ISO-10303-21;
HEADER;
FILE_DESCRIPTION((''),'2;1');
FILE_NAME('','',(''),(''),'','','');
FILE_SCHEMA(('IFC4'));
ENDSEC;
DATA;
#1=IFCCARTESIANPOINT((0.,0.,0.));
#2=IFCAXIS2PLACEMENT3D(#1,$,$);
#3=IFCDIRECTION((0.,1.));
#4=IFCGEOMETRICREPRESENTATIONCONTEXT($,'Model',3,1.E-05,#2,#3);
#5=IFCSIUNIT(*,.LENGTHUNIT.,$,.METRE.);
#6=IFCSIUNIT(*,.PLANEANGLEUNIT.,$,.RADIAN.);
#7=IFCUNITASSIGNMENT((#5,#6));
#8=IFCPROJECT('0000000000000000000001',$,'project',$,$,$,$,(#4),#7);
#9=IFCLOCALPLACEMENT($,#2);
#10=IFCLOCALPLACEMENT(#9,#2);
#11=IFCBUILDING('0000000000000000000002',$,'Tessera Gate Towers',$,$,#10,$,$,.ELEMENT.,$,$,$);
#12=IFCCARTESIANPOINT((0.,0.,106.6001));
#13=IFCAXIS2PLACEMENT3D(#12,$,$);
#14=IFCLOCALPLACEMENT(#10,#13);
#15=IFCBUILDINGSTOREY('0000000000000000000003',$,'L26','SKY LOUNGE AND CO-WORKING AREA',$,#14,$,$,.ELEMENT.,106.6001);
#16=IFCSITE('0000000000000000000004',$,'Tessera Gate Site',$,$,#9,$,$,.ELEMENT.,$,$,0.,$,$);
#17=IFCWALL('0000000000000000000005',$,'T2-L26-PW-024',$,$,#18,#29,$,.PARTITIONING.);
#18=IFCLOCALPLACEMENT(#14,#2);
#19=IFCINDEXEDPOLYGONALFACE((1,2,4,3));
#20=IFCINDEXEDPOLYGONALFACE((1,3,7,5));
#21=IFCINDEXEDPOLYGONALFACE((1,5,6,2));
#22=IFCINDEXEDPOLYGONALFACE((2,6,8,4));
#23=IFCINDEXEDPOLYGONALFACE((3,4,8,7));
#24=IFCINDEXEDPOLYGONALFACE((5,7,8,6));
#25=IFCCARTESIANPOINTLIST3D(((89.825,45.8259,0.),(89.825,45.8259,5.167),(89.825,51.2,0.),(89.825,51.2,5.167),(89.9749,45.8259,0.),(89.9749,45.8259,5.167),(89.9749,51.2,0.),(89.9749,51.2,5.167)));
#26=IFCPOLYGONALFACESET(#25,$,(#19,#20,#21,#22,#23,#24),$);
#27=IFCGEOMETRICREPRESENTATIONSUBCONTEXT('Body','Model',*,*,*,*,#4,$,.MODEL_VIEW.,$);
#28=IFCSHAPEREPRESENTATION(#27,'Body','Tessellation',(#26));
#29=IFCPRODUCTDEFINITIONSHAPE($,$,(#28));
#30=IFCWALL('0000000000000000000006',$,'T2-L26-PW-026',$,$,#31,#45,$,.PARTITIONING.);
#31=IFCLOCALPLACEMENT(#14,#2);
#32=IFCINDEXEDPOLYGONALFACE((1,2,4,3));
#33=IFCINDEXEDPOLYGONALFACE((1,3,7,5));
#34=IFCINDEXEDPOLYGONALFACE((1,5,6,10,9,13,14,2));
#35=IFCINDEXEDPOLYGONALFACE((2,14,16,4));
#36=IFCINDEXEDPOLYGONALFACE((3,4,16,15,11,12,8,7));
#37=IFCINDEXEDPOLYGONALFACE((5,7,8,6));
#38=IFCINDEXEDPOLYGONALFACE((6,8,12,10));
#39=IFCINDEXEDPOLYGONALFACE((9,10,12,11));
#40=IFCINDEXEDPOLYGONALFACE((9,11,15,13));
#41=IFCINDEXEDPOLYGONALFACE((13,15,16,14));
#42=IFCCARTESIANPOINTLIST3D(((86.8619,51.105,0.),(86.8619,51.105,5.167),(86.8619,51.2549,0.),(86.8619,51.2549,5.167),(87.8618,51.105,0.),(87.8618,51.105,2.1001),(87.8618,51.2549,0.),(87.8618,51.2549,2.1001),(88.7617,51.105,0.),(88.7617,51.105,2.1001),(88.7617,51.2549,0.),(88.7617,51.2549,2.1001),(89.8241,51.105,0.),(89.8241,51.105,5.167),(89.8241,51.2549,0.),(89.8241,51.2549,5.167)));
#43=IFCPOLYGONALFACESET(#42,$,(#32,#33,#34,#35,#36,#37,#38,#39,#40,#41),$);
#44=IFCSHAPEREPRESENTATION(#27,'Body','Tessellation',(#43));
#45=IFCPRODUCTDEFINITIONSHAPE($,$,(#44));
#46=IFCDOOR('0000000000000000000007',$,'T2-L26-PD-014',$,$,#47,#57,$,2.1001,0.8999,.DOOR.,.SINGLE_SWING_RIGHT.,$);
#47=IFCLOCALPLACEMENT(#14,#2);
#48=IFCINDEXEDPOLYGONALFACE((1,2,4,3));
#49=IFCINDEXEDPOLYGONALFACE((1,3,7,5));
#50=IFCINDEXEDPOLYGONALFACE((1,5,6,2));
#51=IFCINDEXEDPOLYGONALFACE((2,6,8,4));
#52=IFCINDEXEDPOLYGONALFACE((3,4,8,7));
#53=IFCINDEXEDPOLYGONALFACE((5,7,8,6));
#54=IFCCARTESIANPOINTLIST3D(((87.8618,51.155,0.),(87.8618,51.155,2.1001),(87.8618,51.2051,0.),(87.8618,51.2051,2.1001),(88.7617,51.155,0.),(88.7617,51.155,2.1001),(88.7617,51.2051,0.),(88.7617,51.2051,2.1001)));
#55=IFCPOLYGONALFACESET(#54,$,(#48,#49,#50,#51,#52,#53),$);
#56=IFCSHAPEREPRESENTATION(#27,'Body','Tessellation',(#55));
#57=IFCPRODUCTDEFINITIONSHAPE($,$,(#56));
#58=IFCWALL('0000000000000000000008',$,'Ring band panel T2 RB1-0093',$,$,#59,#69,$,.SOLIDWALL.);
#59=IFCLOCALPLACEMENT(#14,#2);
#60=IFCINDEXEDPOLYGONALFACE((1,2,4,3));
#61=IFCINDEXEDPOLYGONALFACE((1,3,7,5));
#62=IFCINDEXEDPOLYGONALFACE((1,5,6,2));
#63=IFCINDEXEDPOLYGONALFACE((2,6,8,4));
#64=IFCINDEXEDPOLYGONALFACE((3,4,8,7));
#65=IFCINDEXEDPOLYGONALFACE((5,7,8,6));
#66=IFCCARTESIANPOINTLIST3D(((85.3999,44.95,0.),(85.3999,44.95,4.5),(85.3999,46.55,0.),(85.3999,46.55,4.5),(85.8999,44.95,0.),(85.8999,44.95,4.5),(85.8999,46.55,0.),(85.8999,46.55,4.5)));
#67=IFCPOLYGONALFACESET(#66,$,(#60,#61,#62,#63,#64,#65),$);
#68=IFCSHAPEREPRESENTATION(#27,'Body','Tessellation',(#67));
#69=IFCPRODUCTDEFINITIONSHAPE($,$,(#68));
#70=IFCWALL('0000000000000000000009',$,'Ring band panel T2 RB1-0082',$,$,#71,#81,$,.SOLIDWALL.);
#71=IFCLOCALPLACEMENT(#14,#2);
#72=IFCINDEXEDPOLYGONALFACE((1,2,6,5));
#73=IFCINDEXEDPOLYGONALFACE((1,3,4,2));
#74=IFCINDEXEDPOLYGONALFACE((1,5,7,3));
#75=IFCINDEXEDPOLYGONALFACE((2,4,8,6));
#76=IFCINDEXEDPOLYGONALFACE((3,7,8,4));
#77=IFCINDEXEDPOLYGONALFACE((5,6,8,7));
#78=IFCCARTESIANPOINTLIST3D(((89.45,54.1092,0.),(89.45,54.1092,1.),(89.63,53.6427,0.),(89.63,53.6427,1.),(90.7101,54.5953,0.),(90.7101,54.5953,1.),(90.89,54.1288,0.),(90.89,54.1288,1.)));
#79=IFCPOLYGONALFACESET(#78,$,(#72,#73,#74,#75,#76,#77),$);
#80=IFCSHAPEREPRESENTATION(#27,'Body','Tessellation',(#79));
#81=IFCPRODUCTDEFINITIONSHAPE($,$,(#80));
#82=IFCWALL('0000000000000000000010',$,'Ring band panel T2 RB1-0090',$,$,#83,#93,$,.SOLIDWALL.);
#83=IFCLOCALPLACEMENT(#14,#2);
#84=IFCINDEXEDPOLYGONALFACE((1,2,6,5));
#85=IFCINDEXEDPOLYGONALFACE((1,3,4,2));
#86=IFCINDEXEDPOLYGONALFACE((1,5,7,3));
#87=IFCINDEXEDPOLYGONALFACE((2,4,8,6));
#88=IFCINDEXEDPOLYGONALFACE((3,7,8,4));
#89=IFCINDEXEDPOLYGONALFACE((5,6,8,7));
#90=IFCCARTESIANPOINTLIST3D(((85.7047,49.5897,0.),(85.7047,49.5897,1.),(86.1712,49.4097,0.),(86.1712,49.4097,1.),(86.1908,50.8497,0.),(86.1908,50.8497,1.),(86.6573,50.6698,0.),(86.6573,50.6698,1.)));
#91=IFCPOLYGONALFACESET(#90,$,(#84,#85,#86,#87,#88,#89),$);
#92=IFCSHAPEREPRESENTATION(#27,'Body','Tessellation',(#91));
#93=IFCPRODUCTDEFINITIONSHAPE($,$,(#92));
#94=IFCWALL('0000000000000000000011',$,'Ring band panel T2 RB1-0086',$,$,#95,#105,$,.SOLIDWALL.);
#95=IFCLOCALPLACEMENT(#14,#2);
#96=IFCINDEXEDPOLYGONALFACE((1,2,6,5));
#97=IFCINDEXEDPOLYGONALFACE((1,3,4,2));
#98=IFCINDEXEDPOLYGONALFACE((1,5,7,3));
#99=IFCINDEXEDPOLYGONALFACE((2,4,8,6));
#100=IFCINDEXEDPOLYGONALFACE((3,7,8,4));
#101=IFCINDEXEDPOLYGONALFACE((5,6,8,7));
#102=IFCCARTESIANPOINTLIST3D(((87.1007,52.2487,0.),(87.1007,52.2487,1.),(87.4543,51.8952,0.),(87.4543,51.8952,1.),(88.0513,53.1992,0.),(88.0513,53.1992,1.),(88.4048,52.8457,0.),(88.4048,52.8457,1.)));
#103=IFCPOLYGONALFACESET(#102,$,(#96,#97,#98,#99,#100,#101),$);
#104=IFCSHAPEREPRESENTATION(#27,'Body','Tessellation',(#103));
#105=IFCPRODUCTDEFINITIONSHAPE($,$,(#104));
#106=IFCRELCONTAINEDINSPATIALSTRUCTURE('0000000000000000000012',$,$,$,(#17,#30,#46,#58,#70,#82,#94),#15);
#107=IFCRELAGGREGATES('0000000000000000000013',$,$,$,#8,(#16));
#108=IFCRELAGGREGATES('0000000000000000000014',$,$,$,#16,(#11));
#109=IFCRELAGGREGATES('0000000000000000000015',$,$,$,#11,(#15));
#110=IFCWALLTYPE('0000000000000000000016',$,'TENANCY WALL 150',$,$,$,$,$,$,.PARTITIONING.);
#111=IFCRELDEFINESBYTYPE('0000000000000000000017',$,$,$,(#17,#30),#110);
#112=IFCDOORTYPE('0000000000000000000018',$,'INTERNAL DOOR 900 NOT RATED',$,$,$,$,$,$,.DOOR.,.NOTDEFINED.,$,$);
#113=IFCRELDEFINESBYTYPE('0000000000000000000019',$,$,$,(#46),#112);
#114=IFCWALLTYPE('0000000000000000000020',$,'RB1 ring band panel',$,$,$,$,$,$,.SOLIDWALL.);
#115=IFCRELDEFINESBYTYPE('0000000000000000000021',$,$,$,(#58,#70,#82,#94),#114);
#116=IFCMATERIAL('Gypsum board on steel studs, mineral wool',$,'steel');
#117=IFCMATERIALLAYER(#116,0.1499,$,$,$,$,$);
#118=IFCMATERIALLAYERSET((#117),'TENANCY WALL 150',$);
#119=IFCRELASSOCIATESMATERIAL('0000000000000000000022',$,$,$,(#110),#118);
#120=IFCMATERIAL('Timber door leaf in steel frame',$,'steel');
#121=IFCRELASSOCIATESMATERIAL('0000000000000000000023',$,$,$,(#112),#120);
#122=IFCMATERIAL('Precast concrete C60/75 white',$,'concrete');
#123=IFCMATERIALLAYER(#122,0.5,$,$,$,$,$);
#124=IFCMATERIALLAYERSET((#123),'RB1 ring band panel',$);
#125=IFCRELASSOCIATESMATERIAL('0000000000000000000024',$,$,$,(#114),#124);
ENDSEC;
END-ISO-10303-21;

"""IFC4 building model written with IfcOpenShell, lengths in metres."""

from ifc_helpers import new_model, si_unit, direction, frame, frame_2d, origin, place, context, subcontext, project, spatial, polyline, rectangle, outline, extrude, source, transform, mapped, material, layer, layer_set, type_object, element, fill, save


model = new_model("IFC4")

# Units and contexts
model_context = context("Model", 3, precision=1e-05, world=origin(), true_north=direction((0.0, 1.0)))
body_context = subcontext(model_context, "Body", "Model", "MODEL_VIEW")
ifc_project = project(units=[si_unit("LENGTHUNIT", "METRE"), si_unit("PLANEANGLEUNIT", "RADIAN")], contexts=[model_context])

# Site, building, storey
site_placement = place(None, origin())
site = spatial("IfcSite", under=ifc_project, at=site_placement, Name="Tessera Gate Site", CompositionType="ELEMENT", RefElevation=0.0)
building_placement = place(site_placement, origin())
building = spatial("IfcBuilding", under=site, at=building_placement, Name="Tessera Gate Towers", CompositionType="ELEMENT")
storey_placement = place(building_placement, frame((0.0, 0.0, 106.6001)))
storey = spatial("IfcBuildingStorey", under=building, at=storey_placement, Name="L26", Description="SKY LOUNGE AND CO-WORKING AREA", CompositionType="ELEMENT", Elevation=106.6001)

# Wall
ifc_material_1 = material(Name="Gypsum board on steel studs, mineral wool", Category="steel")
ifc_layer_1 = layer(ifc_material_1, 0.1499)
ifc_layer_set_1 = layer_set([ifc_layer_1], Name="TENANCY WALL 150")
wall_type_1 = type_object("IfcWallType", Name="TENANCY WALL 150", PredefinedType="PARTITIONING", material=ifc_layer_set_1)
wall_1_placement = place(storey_placement, frame((89.8999, 45.8259, 0.0), z_axis=(0.0, 0.0, 1.0), x_axis=(0.0, 1.0, 0.0)))
element("IfcWall", 1, at=wall_1_placement, inside=storey, type_object=wall_type_1, Name="T2-L26-PW-024", PredefinedType="PARTITIONING", context=body_context, shape_type="SweptSolid", body=[
    extrude(rectangle(XDim=5.374, YDim=0.1499, at=frame_2d((2.687, 0.0))), origin(), (0.0, 0.0, 1.0), 5.167),
])

# Wall, opening, door
wall_2_placement = place(storey_placement, frame((89.824, 51.1799, 0.0), z_axis=(0.0, 0.0, 1.0), x_axis=(-1.0, 0.0, 0.0)))
wall_2 = element("IfcWall", 2, at=wall_2_placement, inside=storey, type_object=wall_type_1, Name="T2-L26-PW-026", PredefinedType="PARTITIONING", context=body_context, shape_type="SweptSolid", body=[
    extrude(rectangle(XDim=2.9622, YDim=0.1499, at=frame_2d((1.481, 0.0))), origin(), (0.0, 0.0, 1.0), 5.167),
])
shared_shape_1 = source(origin(), body_context, "Body", "SweptSolid", [
    extrude(rectangle(XDim=0.8999, YDim=2.1001, at=frame_2d((0.45, 1.05))), frame((0.0, 0.085, 0.0), z_axis=(0.0, -1.0, 0.0), x_axis=(1.0, 0.0, 0.0)), (0.0, 0.0, 1.0), 0.1699),
])
opening_1_placement = place(wall_2_placement, frame((1.0623, 0.0, 0.0)))
opening_1 = element("IfcOpeningElement", 3, at=opening_1_placement, cuts=wall_2, PredefinedType="OPENING", context=body_context, shape_type="MappedRepresentation", body=[
    mapped(shared_shape_1, transform((0.0, 0.0, 0.0), scale=1.0)),
])
ifc_material_2 = material(Name="Timber door leaf in steel frame", Category="steel")
door_type_1 = type_object("IfcDoorType", Name="INTERNAL DOOR 900 NOT RATED", OperationType="NOTDEFINED", PredefinedType="DOOR", material=ifc_material_2)
shared_shape_2 = source(origin(), body_context, "Body", "SweptSolid", [
    extrude(rectangle(XDim=0.8999, YDim=2.1001, at=frame_2d((0.45, 1.05))), frame((0.0, 0.0249, 0.0), z_axis=(0.0, -1.0, 0.0), x_axis=(1.0, 0.0, 0.0)), (0.0, 0.0, 1.0), 0.05),
])
door_1_placement = place(opening_1_placement, origin())
door_1 = element("IfcDoor", 4, at=door_1_placement, inside=storey, type_object=door_type_1, Name="T2-L26-PD-014", OperationType="SINGLE_SWING_RIGHT", OverallHeight=2.1001, OverallWidth=0.8999, PredefinedType="DOOR", context=body_context, shape_type="MappedRepresentation", body=[
    mapped(shared_shape_2, transform((0.0, 0.0, 0.0), scale=1.0)),
])
fill(opening_1, door_1)

# Walls
ifc_material_3 = material(Name="Precast concrete C60/75 white", Category="concrete")
ifc_layer_2 = layer(ifc_material_3, 0.5)
ifc_layer_set_2 = layer_set([ifc_layer_2], Name="RB1 ring band panel")
wall_type_2 = type_object("IfcWallType", Name="RB1 ring band panel", PredefinedType="SOLIDWALL", material=ifc_layer_set_2)
shared_shape_3 = source(origin(), body_context, "Body", "SweptSolid", [
    extrude(outline(polyline([(0.0, 0.0), (1.6001, 0.0), (1.6001, 4.5), (0.0, 4.5), (0.0, 0.0)])), frame((0.0, 0.25, 0.0), z_axis=(0.0, -1.0, 0.0), x_axis=(1.0, 0.0, 0.0)), (0.0, 0.0, 1.0), 0.5),
])
wall_3_placement = place(storey_placement, frame((85.6499, 46.55, 0.0), z_axis=(0.0, 0.0, 1.0), x_axis=(0.0, -1.0, 0.0)))
element("IfcWall", 5, at=wall_3_placement, inside=storey, type_object=wall_type_2, Name="Ring band panel T2 RB1-0093", PredefinedType="SOLIDWALL", context=body_context, shape_type="MappedRepresentation", body=[
    mapped(shared_shape_3, transform((0.0, 0.0, 0.0), scale=1.0)),
])
shared_shape_4 = source(origin(), body_context, "Body", "SweptSolid", [
    extrude(outline(polyline([(0.0, 0.0), (1.3506, 0.0), (1.3506, 1.0), (0.0, 1.0), (0.0, 0.0)])), frame((0.0, 0.25, 0.0), z_axis=(0.0, -1.0, 0.0), x_axis=(1.0, 0.0, 0.0)), (0.0, 0.0, 1.0), 0.5),
])
for number, where, z_axis, x_axis, name in (
    (6, (90.8, 54.3621, 0.0), (0.0, 0.0, 1.0), (-0.932982, -0.359924, 0.0), "Ring band panel T2 RB1-0082"),
    (7, (86.4241, 50.7598, 0.0), (0.0, 0.0, 1.0), (-0.359924, -0.932982, 0.0), "Ring band panel T2 RB1-0090"),
):
    element("IfcWall", number, at=place(storey_placement, frame(where, z_axis=z_axis, x_axis=x_axis)), inside=storey, type_object=wall_type_2, Name=name, PredefinedType="SOLIDWALL", context=body_context, shape_type="MappedRepresentation", body=[
        mapped(shared_shape_4, transform((0.0, 0.0, 0.0), scale=1.0)),
    ])
shared_shape_5 = source(origin(), body_context, "Body", "SweptSolid", [
    extrude(outline(polyline([(0.0, 0.0), (1.3442, 0.0), (1.3442, 1.0), (0.0, 1.0), (0.0, 0.0)])), frame((0.0, 0.25, 0.0), z_axis=(0.0, -1.0, 0.0), x_axis=(1.0, 0.0, 0.0)), (0.0, 0.0, 1.0), 0.5),
])
wall_4_placement = place(storey_placement, frame((88.228, 53.0225, 0.0), z_axis=(0.0, 0.0, 1.0), x_axis=(-0.707107, -0.707107, 0.0)))
element("IfcWall", 8, at=wall_4_placement, inside=storey, type_object=wall_type_2, Name="Ring band panel T2 RB1-0086", PredefinedType="SOLIDWALL", context=body_context, shape_type="MappedRepresentation", body=[
    mapped(shared_shape_5, transform((0.0, 0.0, 0.0), scale=1.0)),
])

save(model, "model.ifc")
